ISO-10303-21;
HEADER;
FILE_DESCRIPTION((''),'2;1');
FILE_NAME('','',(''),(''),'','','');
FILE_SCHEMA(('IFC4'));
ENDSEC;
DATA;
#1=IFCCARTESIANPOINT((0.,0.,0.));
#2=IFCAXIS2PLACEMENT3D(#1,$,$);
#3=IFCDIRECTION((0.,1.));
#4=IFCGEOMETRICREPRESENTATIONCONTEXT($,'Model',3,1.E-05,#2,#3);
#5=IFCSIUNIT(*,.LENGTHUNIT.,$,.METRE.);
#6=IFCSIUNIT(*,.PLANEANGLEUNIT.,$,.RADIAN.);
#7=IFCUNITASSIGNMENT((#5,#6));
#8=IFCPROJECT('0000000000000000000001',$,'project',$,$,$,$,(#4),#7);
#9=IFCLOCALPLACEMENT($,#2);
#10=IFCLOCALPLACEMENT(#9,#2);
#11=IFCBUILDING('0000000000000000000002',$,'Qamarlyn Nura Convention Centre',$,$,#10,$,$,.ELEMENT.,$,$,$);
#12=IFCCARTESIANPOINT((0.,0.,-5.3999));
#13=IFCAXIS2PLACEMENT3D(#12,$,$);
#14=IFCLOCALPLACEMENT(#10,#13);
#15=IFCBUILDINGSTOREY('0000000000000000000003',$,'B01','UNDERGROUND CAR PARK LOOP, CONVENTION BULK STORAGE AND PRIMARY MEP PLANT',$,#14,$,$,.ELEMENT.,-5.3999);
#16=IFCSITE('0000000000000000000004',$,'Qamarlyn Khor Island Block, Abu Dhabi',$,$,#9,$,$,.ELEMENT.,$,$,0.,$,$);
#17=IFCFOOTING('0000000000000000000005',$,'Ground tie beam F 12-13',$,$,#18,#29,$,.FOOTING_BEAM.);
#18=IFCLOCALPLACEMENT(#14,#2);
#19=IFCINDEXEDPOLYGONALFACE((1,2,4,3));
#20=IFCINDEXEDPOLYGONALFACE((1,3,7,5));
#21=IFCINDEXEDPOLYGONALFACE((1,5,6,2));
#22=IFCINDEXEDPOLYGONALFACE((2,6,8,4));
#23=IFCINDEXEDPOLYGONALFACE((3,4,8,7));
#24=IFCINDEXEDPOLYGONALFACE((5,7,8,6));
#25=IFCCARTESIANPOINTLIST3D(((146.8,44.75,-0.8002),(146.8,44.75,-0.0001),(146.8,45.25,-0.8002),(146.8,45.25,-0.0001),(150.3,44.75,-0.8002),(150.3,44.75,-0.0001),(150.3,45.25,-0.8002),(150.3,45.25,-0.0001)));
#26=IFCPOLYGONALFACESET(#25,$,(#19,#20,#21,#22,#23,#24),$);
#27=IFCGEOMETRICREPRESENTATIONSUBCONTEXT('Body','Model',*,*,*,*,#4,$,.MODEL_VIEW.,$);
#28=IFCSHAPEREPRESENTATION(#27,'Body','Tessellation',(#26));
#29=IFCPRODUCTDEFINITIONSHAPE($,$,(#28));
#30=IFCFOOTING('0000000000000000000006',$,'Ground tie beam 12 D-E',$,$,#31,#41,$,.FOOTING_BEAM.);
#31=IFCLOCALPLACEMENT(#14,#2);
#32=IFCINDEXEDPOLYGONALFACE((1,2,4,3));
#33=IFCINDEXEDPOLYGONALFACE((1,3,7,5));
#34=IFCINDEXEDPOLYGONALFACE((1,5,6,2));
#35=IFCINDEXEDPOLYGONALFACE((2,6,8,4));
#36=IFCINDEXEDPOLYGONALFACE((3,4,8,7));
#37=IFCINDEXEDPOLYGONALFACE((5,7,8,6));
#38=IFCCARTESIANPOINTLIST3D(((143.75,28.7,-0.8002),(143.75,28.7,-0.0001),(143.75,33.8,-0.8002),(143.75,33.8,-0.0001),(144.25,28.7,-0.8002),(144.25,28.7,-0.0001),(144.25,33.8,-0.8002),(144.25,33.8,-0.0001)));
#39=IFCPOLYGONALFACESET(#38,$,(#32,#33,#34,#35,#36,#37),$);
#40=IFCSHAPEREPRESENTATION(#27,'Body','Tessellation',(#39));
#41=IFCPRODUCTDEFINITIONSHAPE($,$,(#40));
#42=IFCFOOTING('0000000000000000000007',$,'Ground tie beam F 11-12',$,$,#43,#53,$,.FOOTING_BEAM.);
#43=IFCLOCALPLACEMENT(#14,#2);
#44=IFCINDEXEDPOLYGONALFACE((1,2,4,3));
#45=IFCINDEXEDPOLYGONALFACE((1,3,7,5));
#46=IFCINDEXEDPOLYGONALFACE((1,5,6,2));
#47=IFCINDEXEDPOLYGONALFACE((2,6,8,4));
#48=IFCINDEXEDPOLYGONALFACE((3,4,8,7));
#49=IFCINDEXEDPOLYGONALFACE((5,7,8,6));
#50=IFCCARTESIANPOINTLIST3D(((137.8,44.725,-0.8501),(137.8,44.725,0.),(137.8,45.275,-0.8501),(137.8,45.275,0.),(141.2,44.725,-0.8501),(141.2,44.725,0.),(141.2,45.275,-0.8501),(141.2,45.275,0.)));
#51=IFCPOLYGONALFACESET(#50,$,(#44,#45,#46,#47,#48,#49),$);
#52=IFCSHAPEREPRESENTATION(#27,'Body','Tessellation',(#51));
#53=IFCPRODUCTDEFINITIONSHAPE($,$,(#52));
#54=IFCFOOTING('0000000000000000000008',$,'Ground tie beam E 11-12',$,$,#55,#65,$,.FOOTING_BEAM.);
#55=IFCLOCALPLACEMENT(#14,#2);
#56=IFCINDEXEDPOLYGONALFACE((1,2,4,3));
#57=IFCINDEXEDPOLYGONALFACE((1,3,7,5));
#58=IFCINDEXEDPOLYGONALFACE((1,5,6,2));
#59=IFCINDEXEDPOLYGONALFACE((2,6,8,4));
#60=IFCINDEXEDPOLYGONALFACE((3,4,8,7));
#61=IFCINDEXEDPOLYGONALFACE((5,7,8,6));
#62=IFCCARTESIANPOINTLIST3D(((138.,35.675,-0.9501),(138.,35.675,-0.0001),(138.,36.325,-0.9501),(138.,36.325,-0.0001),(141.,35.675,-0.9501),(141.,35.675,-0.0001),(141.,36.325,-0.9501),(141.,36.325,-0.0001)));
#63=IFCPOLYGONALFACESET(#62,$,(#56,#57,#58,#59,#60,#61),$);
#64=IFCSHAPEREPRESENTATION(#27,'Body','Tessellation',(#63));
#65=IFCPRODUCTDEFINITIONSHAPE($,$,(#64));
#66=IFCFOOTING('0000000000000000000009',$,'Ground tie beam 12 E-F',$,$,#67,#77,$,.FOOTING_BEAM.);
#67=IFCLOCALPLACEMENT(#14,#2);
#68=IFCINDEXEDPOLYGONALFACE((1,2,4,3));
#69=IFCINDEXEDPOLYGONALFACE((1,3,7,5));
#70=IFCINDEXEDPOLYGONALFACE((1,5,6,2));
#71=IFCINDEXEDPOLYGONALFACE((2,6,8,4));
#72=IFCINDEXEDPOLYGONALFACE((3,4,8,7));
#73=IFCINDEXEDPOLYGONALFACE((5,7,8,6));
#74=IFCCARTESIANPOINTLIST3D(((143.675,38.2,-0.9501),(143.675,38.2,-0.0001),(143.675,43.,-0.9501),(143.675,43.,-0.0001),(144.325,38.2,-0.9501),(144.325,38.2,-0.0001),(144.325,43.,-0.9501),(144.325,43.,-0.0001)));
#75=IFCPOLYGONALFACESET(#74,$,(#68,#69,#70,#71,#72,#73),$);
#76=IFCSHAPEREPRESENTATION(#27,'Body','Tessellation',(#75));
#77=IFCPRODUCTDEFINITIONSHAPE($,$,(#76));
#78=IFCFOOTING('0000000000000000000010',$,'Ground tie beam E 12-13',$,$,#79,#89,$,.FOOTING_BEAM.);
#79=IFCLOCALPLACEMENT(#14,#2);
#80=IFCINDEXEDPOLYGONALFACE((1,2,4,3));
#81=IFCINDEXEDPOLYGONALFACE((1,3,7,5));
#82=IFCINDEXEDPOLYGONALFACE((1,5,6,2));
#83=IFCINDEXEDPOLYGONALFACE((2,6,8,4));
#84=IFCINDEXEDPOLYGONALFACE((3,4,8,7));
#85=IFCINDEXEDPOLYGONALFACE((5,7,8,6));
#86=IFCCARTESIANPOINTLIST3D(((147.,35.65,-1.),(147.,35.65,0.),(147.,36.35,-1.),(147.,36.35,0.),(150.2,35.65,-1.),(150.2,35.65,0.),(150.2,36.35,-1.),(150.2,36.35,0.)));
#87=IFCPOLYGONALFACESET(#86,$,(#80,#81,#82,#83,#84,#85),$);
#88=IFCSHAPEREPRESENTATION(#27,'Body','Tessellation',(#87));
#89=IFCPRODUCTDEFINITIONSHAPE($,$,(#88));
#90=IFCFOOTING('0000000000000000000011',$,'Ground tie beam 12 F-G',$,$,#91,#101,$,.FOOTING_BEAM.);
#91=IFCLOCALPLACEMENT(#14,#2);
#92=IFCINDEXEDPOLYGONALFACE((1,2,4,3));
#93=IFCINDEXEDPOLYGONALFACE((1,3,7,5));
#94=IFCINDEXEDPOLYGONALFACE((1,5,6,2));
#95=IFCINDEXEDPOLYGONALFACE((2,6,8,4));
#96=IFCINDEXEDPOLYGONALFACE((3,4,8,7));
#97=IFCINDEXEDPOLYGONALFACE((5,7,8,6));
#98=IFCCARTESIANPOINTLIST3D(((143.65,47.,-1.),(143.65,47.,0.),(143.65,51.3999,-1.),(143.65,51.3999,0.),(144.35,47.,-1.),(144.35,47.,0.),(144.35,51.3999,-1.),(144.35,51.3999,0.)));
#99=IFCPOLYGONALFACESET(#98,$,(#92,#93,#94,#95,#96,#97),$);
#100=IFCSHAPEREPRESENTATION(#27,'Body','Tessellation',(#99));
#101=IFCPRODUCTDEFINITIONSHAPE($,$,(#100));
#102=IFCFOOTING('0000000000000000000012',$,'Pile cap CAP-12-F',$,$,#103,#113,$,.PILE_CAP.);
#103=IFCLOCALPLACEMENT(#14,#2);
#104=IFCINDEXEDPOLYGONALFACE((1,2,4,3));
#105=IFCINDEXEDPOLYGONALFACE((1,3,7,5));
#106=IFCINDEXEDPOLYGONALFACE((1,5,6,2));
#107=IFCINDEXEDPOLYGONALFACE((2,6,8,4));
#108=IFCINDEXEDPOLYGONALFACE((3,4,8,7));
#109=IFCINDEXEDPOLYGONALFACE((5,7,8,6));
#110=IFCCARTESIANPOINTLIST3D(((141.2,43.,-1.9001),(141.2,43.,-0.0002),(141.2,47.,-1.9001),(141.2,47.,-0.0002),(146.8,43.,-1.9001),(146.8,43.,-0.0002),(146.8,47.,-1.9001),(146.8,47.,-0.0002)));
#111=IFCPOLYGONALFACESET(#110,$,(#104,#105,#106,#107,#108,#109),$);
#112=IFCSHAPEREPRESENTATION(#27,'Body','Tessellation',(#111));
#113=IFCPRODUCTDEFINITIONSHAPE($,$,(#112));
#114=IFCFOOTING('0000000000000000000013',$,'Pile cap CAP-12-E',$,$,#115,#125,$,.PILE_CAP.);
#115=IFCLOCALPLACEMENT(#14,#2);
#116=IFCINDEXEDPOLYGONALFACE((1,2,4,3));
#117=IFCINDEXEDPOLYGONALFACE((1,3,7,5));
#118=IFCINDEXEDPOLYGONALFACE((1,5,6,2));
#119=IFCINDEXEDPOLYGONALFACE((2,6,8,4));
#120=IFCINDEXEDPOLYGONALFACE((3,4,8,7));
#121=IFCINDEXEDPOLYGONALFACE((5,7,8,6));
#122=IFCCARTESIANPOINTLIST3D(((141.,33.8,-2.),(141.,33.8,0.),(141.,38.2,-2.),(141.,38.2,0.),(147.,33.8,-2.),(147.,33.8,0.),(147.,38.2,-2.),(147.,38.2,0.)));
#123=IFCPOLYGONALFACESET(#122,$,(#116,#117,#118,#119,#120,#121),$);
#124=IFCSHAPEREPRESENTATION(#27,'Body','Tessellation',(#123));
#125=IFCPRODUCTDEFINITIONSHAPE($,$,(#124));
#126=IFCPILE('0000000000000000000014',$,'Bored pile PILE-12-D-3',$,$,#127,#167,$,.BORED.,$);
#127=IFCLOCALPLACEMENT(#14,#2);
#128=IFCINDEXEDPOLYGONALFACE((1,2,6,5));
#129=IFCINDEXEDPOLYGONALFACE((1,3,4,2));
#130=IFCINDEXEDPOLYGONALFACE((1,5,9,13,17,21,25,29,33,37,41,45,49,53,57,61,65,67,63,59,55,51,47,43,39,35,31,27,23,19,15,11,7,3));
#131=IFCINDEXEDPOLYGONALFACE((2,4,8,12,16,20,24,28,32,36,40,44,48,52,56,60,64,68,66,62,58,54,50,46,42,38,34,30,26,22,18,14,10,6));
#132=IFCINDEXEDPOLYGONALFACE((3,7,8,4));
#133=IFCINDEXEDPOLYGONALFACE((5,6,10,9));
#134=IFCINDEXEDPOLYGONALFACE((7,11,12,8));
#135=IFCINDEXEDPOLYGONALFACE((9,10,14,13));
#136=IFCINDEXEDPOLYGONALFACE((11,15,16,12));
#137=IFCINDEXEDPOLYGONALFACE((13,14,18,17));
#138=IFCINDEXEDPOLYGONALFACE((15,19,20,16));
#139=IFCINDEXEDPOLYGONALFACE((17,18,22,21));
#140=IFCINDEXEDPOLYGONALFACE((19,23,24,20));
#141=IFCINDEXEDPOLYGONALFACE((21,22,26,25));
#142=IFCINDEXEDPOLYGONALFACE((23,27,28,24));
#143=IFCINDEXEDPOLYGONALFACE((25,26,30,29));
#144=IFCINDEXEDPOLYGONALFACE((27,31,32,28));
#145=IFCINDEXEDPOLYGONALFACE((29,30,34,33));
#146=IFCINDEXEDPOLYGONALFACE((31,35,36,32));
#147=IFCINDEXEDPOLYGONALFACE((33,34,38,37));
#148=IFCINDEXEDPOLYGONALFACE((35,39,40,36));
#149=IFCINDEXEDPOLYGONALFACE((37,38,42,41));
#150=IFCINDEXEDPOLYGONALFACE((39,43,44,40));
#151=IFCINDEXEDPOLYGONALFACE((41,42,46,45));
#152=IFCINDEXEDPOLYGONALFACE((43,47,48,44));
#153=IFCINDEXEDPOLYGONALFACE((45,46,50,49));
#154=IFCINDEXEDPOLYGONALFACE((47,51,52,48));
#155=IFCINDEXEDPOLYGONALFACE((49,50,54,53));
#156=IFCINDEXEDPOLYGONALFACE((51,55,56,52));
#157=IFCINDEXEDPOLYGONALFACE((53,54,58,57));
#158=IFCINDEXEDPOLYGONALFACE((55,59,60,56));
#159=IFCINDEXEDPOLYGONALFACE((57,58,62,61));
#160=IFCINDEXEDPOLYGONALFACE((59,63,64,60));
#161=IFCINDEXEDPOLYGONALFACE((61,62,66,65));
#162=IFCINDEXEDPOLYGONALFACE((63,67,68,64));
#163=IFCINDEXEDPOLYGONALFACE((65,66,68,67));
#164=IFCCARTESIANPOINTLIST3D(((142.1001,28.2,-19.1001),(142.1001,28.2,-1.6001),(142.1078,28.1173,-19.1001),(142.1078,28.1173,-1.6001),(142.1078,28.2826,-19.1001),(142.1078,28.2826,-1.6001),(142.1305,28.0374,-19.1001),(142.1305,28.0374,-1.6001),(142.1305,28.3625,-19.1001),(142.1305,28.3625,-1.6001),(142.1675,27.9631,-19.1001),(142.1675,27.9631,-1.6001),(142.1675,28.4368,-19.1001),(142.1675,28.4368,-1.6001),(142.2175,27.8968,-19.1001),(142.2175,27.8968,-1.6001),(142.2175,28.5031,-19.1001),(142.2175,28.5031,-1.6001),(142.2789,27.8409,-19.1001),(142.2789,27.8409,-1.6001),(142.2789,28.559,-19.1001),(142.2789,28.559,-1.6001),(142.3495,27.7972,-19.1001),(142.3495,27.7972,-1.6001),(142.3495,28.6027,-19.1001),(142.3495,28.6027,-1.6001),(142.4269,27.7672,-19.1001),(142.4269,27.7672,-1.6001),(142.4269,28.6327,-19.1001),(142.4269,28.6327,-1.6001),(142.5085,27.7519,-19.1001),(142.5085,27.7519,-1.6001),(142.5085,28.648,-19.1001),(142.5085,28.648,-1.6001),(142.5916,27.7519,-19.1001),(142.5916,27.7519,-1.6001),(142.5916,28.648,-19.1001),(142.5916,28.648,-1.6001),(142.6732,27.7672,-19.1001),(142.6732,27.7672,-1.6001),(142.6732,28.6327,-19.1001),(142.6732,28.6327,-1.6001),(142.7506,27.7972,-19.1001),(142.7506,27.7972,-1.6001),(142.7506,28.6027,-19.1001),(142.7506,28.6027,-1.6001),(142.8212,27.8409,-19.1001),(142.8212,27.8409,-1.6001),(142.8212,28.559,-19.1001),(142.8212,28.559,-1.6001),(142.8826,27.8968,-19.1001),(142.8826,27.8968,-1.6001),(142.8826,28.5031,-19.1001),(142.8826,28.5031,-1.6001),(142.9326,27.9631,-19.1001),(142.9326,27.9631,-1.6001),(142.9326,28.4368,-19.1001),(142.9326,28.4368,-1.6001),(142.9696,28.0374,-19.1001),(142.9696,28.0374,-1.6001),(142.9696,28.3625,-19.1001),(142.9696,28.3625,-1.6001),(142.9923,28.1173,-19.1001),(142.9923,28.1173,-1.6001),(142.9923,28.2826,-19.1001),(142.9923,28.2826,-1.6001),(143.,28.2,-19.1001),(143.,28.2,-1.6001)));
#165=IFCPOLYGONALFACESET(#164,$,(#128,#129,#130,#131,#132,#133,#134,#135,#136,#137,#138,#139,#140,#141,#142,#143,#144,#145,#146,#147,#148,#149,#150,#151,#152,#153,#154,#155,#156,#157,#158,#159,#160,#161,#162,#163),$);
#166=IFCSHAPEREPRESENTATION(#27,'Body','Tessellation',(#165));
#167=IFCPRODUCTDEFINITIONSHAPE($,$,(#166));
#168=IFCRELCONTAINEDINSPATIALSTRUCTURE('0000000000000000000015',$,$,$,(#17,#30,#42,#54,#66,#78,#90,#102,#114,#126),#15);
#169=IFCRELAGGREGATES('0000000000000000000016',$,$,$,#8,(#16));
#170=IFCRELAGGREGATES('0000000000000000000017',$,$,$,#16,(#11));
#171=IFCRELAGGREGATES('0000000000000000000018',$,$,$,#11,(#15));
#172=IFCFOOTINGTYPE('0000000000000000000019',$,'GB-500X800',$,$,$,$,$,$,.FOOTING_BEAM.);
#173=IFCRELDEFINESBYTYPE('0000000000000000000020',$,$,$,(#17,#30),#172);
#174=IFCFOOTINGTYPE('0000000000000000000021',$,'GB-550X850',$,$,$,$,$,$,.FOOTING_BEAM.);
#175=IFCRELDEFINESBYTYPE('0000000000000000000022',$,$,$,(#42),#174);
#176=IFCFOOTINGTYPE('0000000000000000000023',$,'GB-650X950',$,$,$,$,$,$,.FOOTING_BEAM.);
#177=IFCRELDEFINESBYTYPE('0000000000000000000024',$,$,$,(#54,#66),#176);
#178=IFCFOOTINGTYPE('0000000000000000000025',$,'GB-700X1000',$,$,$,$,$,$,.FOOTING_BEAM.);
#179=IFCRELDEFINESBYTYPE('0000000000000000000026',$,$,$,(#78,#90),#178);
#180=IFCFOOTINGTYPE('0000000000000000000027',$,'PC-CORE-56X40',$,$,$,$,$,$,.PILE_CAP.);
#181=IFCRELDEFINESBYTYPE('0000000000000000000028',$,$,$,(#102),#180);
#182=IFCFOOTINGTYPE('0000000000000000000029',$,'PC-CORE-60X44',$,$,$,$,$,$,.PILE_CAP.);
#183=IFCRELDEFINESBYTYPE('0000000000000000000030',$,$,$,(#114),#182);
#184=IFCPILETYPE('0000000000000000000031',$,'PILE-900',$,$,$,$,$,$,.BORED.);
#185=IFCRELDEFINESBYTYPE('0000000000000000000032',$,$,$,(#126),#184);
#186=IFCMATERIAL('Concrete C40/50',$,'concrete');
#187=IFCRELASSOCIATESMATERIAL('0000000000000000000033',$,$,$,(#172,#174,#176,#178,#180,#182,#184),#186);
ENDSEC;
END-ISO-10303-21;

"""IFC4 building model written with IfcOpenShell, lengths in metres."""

from ifc_helpers import new_model, si_unit, direction, frame, origin, origin_2d, place, context, subcontext, project, spatial, rectangle, circle, extrude, material, material_profile, profile_set, type_object, element, save


model = new_model("IFC4")

# Units and contexts
model_context = context("Model", 3, precision=1e-05, world=origin(), true_north=direction((0.0, 1.0)))
body_context = subcontext(model_context, "Body", "Model", "MODEL_VIEW")
ifc_project = project(units=[si_unit("LENGTHUNIT", "METRE"), si_unit("PLANEANGLEUNIT", "RADIAN")], contexts=[model_context])

# Site, building, storey
site_placement = place(None, origin())
site = spatial("IfcSite", under=ifc_project, at=site_placement, Name="Qamarlyn Khor Island Block, Abu Dhabi", CompositionType="ELEMENT", RefElevation=0.0)
building_placement = place(site_placement, origin())
building = spatial("IfcBuilding", under=site, at=building_placement, Name="Qamarlyn Nura Convention Centre", CompositionType="ELEMENT")
storey_placement = place(building_placement, frame((0.0, 0.0, -5.3999)))
storey = spatial("IfcBuildingStorey", under=building, at=storey_placement, Name="B01", Description="UNDERGROUND CAR PARK LOOP, CONVENTION BULK STORAGE AND PRIMARY MEP PLANT", CompositionType="ELEMENT", Elevation=-5.3999)

# Footings
ifc_material_1 = material(Name="Concrete C40/50", Category="concrete")
ifc_material_profile_1 = material_profile(ifc_material_1, rectangle(XDim=0.5, YDim=0.8, at=origin_2d()), Name="RC GB 500x800")
ifc_profile_set_1 = profile_set([ifc_material_profile_1], Name="Concrete C40/50")
footing_type_1 = type_object("IfcFootingType", Name="GB-500X800", PredefinedType="FOOTING_BEAM", material=ifc_profile_set_1)
footing_1_placement = place(storey_placement, frame((146.8, 45.0, -0.4001), z_axis=(1.0, 0.0, 0.0), x_axis=(0.0, 1.0, 0.0)))
element("IfcFooting", 1, at=footing_1_placement, inside=storey, type_object=footing_type_1, Name="Ground tie beam F 12-13", PredefinedType="FOOTING_BEAM", context=body_context, shape_type="SweptSolid", body=[
    extrude(rectangle(XDim=0.5, YDim=0.8, at=origin_2d()), origin(), (0.0, 0.0, 1.0), 3.5),
])
footing_2_placement = place(storey_placement, frame((144.0, 28.7, -0.4001), z_axis=(0.0, 1.0, 0.0), x_axis=(-1.0, 0.0, 0.0)))
element("IfcFooting", 2, at=footing_2_placement, inside=storey, type_object=footing_type_1, Name="Ground tie beam 12 D-E", PredefinedType="FOOTING_BEAM", context=body_context, shape_type="SweptSolid", body=[
    extrude(rectangle(XDim=0.5, YDim=0.8, at=origin_2d()), origin(), (0.0, 0.0, 1.0), 5.1001),
])
ifc_material_profile_2 = material_profile(ifc_material_1, rectangle(XDim=0.55, YDim=0.8501, at=origin_2d()), Name="RC GB 550x850")
ifc_profile_set_2 = profile_set([ifc_material_profile_2], Name="Concrete C40/50")
footing_type_2 = type_object("IfcFootingType", Name="GB-550X850", PredefinedType="FOOTING_BEAM", material=ifc_profile_set_2)
footing_3_placement = place(storey_placement, frame((137.8, 45.0, -0.425), z_axis=(1.0, 0.0, 0.0), x_axis=(0.0, 1.0, 0.0)))
element("IfcFooting", 3, at=footing_3_placement, inside=storey, type_object=footing_type_2, Name="Ground tie beam F 11-12", PredefinedType="FOOTING_BEAM", context=body_context, shape_type="SweptSolid", body=[
    extrude(rectangle(XDim=0.55, YDim=0.8501, at=origin_2d()), origin(), (0.0, 0.0, 1.0), 3.3999),
])
ifc_material_profile_3 = material_profile(ifc_material_1, rectangle(XDim=0.6499, YDim=0.95, at=origin_2d()), Name="RC GB 650x950")
ifc_profile_set_3 = profile_set([ifc_material_profile_3], Name="Concrete C40/50")
footing_type_3 = type_object("IfcFootingType", Name="GB-650X950", PredefinedType="FOOTING_BEAM", material=ifc_profile_set_3)
footing_4_placement = place(storey_placement, frame((138.0, 36.0, -0.4751), z_axis=(1.0, 0.0, 0.0), x_axis=(0.0, 1.0, 0.0)))
element("IfcFooting", 4, at=footing_4_placement, inside=storey, type_object=footing_type_3, Name="Ground tie beam E 11-12", PredefinedType="FOOTING_BEAM", context=body_context, shape_type="SweptSolid", body=[
    extrude(rectangle(XDim=0.6499, YDim=0.95, at=origin_2d()), origin(), (0.0, 0.0, 1.0), 3.0),
])
footing_5_placement = place(storey_placement, frame((144.0, 38.2, -0.4751), z_axis=(0.0, 1.0, 0.0), x_axis=(-1.0, 0.0, 0.0)))
element("IfcFooting", 5, at=footing_5_placement, inside=storey, type_object=footing_type_3, Name="Ground tie beam 12 E-F", PredefinedType="FOOTING_BEAM", context=body_context, shape_type="SweptSolid", body=[
    extrude(rectangle(XDim=0.6499, YDim=0.95, at=origin_2d()), origin(), (0.0, 0.0, 1.0), 4.8),
])
ifc_material_profile_4 = material_profile(ifc_material_1, rectangle(XDim=0.7, YDim=1.0, at=origin_2d()), Name="RC GB 700x1000")
ifc_profile_set_4 = profile_set([ifc_material_profile_4], Name="Concrete C40/50")
footing_type_4 = type_object("IfcFootingType", Name="GB-700X1000", PredefinedType="FOOTING_BEAM", material=ifc_profile_set_4)
footing_6_placement = place(storey_placement, frame((147.0, 36.0, -0.5), z_axis=(1.0, 0.0, 0.0), x_axis=(0.0, 1.0, 0.0)))
element("IfcFooting", 6, at=footing_6_placement, inside=storey, type_object=footing_type_4, Name="Ground tie beam E 12-13", PredefinedType="FOOTING_BEAM", context=body_context, shape_type="SweptSolid", body=[
    extrude(rectangle(XDim=0.7, YDim=1.0, at=origin_2d()), origin(), (0.0, 0.0, 1.0), 3.2),
])
footing_7_placement = place(storey_placement, frame((144.0, 47.0, -0.5), z_axis=(0.0, 1.0, 0.0), x_axis=(-1.0, 0.0, 0.0)))
element("IfcFooting", 7, at=footing_7_placement, inside=storey, type_object=footing_type_4, Name="Ground tie beam 12 F-G", PredefinedType="FOOTING_BEAM", context=body_context, shape_type="SweptSolid", body=[
    extrude(rectangle(XDim=0.7, YDim=1.0, at=origin_2d()), origin(), (0.0, 0.0, 1.0), 4.3999),
])
footing_type_5 = type_object("IfcFootingType", Name="PC-CORE-56X40", PredefinedType="PILE_CAP", material=ifc_material_1)
footing_8_placement = place(storey_placement, frame((144.0, 45.0, -1.9001), z_axis=(0.0, 0.0, 1.0), x_axis=(1.0, 0.0, 0.0)))
element("IfcFooting", 8, at=footing_8_placement, inside=storey, type_object=footing_type_5, Name="Pile cap CAP-12-F", PredefinedType="PILE_CAP", context=body_context, shape_type="SweptSolid", body=[
    extrude(rectangle(XDim=5.6001, YDim=4.0, at=origin_2d()), origin(), (0.0, 0.0, 1.0), 1.8999),
])
footing_type_6 = type_object("IfcFootingType", Name="PC-CORE-60X44", PredefinedType="PILE_CAP", material=ifc_material_1)
footing_9_placement = place(storey_placement, frame((144.0, 36.0, -2.0), z_axis=(0.0, 0.0, 1.0), x_axis=(1.0, 0.0, 0.0)))
element("IfcFooting", 9, at=footing_9_placement, inside=storey, type_object=footing_type_6, Name="Pile cap CAP-12-E", PredefinedType="PILE_CAP", context=body_context, shape_type="SweptSolid", body=[
    extrude(rectangle(XDim=6.0, YDim=4.3999, at=origin_2d()), origin(), (0.0, 0.0, 1.0), 2.0),
])

# Pile
ifc_material_profile_5 = material_profile(ifc_material_1, circle(Radius=0.45, at=origin_2d()), Name="BORED PILE 900")
ifc_profile_set_5 = profile_set([ifc_material_profile_5], Name="Concrete C40/50")
pile_type = type_object("IfcPileType", Name="PILE-900", PredefinedType="BORED", material=ifc_profile_set_5)
for number, where, z_axis, x_axis, name in (
    (10, (142.55, 28.2, -1.6001), (0.0, 0.0, -1.0), (1.0, 0.0, 0.0), "Bored pile PILE-12-D-3"),
):
    element("IfcPile", number, at=place(storey_placement, frame(where, z_axis=z_axis, x_axis=x_axis)), inside=storey, type_object=pile_type, Name=name, PredefinedType="BORED", context=body_context, shape_type="SweptSolid", body=[
        extrude(circle(Radius=0.45, at=origin_2d()), origin(), (0.0, 0.0, 1.0), 17.5),
    ])

save(model, "model.ifc")
